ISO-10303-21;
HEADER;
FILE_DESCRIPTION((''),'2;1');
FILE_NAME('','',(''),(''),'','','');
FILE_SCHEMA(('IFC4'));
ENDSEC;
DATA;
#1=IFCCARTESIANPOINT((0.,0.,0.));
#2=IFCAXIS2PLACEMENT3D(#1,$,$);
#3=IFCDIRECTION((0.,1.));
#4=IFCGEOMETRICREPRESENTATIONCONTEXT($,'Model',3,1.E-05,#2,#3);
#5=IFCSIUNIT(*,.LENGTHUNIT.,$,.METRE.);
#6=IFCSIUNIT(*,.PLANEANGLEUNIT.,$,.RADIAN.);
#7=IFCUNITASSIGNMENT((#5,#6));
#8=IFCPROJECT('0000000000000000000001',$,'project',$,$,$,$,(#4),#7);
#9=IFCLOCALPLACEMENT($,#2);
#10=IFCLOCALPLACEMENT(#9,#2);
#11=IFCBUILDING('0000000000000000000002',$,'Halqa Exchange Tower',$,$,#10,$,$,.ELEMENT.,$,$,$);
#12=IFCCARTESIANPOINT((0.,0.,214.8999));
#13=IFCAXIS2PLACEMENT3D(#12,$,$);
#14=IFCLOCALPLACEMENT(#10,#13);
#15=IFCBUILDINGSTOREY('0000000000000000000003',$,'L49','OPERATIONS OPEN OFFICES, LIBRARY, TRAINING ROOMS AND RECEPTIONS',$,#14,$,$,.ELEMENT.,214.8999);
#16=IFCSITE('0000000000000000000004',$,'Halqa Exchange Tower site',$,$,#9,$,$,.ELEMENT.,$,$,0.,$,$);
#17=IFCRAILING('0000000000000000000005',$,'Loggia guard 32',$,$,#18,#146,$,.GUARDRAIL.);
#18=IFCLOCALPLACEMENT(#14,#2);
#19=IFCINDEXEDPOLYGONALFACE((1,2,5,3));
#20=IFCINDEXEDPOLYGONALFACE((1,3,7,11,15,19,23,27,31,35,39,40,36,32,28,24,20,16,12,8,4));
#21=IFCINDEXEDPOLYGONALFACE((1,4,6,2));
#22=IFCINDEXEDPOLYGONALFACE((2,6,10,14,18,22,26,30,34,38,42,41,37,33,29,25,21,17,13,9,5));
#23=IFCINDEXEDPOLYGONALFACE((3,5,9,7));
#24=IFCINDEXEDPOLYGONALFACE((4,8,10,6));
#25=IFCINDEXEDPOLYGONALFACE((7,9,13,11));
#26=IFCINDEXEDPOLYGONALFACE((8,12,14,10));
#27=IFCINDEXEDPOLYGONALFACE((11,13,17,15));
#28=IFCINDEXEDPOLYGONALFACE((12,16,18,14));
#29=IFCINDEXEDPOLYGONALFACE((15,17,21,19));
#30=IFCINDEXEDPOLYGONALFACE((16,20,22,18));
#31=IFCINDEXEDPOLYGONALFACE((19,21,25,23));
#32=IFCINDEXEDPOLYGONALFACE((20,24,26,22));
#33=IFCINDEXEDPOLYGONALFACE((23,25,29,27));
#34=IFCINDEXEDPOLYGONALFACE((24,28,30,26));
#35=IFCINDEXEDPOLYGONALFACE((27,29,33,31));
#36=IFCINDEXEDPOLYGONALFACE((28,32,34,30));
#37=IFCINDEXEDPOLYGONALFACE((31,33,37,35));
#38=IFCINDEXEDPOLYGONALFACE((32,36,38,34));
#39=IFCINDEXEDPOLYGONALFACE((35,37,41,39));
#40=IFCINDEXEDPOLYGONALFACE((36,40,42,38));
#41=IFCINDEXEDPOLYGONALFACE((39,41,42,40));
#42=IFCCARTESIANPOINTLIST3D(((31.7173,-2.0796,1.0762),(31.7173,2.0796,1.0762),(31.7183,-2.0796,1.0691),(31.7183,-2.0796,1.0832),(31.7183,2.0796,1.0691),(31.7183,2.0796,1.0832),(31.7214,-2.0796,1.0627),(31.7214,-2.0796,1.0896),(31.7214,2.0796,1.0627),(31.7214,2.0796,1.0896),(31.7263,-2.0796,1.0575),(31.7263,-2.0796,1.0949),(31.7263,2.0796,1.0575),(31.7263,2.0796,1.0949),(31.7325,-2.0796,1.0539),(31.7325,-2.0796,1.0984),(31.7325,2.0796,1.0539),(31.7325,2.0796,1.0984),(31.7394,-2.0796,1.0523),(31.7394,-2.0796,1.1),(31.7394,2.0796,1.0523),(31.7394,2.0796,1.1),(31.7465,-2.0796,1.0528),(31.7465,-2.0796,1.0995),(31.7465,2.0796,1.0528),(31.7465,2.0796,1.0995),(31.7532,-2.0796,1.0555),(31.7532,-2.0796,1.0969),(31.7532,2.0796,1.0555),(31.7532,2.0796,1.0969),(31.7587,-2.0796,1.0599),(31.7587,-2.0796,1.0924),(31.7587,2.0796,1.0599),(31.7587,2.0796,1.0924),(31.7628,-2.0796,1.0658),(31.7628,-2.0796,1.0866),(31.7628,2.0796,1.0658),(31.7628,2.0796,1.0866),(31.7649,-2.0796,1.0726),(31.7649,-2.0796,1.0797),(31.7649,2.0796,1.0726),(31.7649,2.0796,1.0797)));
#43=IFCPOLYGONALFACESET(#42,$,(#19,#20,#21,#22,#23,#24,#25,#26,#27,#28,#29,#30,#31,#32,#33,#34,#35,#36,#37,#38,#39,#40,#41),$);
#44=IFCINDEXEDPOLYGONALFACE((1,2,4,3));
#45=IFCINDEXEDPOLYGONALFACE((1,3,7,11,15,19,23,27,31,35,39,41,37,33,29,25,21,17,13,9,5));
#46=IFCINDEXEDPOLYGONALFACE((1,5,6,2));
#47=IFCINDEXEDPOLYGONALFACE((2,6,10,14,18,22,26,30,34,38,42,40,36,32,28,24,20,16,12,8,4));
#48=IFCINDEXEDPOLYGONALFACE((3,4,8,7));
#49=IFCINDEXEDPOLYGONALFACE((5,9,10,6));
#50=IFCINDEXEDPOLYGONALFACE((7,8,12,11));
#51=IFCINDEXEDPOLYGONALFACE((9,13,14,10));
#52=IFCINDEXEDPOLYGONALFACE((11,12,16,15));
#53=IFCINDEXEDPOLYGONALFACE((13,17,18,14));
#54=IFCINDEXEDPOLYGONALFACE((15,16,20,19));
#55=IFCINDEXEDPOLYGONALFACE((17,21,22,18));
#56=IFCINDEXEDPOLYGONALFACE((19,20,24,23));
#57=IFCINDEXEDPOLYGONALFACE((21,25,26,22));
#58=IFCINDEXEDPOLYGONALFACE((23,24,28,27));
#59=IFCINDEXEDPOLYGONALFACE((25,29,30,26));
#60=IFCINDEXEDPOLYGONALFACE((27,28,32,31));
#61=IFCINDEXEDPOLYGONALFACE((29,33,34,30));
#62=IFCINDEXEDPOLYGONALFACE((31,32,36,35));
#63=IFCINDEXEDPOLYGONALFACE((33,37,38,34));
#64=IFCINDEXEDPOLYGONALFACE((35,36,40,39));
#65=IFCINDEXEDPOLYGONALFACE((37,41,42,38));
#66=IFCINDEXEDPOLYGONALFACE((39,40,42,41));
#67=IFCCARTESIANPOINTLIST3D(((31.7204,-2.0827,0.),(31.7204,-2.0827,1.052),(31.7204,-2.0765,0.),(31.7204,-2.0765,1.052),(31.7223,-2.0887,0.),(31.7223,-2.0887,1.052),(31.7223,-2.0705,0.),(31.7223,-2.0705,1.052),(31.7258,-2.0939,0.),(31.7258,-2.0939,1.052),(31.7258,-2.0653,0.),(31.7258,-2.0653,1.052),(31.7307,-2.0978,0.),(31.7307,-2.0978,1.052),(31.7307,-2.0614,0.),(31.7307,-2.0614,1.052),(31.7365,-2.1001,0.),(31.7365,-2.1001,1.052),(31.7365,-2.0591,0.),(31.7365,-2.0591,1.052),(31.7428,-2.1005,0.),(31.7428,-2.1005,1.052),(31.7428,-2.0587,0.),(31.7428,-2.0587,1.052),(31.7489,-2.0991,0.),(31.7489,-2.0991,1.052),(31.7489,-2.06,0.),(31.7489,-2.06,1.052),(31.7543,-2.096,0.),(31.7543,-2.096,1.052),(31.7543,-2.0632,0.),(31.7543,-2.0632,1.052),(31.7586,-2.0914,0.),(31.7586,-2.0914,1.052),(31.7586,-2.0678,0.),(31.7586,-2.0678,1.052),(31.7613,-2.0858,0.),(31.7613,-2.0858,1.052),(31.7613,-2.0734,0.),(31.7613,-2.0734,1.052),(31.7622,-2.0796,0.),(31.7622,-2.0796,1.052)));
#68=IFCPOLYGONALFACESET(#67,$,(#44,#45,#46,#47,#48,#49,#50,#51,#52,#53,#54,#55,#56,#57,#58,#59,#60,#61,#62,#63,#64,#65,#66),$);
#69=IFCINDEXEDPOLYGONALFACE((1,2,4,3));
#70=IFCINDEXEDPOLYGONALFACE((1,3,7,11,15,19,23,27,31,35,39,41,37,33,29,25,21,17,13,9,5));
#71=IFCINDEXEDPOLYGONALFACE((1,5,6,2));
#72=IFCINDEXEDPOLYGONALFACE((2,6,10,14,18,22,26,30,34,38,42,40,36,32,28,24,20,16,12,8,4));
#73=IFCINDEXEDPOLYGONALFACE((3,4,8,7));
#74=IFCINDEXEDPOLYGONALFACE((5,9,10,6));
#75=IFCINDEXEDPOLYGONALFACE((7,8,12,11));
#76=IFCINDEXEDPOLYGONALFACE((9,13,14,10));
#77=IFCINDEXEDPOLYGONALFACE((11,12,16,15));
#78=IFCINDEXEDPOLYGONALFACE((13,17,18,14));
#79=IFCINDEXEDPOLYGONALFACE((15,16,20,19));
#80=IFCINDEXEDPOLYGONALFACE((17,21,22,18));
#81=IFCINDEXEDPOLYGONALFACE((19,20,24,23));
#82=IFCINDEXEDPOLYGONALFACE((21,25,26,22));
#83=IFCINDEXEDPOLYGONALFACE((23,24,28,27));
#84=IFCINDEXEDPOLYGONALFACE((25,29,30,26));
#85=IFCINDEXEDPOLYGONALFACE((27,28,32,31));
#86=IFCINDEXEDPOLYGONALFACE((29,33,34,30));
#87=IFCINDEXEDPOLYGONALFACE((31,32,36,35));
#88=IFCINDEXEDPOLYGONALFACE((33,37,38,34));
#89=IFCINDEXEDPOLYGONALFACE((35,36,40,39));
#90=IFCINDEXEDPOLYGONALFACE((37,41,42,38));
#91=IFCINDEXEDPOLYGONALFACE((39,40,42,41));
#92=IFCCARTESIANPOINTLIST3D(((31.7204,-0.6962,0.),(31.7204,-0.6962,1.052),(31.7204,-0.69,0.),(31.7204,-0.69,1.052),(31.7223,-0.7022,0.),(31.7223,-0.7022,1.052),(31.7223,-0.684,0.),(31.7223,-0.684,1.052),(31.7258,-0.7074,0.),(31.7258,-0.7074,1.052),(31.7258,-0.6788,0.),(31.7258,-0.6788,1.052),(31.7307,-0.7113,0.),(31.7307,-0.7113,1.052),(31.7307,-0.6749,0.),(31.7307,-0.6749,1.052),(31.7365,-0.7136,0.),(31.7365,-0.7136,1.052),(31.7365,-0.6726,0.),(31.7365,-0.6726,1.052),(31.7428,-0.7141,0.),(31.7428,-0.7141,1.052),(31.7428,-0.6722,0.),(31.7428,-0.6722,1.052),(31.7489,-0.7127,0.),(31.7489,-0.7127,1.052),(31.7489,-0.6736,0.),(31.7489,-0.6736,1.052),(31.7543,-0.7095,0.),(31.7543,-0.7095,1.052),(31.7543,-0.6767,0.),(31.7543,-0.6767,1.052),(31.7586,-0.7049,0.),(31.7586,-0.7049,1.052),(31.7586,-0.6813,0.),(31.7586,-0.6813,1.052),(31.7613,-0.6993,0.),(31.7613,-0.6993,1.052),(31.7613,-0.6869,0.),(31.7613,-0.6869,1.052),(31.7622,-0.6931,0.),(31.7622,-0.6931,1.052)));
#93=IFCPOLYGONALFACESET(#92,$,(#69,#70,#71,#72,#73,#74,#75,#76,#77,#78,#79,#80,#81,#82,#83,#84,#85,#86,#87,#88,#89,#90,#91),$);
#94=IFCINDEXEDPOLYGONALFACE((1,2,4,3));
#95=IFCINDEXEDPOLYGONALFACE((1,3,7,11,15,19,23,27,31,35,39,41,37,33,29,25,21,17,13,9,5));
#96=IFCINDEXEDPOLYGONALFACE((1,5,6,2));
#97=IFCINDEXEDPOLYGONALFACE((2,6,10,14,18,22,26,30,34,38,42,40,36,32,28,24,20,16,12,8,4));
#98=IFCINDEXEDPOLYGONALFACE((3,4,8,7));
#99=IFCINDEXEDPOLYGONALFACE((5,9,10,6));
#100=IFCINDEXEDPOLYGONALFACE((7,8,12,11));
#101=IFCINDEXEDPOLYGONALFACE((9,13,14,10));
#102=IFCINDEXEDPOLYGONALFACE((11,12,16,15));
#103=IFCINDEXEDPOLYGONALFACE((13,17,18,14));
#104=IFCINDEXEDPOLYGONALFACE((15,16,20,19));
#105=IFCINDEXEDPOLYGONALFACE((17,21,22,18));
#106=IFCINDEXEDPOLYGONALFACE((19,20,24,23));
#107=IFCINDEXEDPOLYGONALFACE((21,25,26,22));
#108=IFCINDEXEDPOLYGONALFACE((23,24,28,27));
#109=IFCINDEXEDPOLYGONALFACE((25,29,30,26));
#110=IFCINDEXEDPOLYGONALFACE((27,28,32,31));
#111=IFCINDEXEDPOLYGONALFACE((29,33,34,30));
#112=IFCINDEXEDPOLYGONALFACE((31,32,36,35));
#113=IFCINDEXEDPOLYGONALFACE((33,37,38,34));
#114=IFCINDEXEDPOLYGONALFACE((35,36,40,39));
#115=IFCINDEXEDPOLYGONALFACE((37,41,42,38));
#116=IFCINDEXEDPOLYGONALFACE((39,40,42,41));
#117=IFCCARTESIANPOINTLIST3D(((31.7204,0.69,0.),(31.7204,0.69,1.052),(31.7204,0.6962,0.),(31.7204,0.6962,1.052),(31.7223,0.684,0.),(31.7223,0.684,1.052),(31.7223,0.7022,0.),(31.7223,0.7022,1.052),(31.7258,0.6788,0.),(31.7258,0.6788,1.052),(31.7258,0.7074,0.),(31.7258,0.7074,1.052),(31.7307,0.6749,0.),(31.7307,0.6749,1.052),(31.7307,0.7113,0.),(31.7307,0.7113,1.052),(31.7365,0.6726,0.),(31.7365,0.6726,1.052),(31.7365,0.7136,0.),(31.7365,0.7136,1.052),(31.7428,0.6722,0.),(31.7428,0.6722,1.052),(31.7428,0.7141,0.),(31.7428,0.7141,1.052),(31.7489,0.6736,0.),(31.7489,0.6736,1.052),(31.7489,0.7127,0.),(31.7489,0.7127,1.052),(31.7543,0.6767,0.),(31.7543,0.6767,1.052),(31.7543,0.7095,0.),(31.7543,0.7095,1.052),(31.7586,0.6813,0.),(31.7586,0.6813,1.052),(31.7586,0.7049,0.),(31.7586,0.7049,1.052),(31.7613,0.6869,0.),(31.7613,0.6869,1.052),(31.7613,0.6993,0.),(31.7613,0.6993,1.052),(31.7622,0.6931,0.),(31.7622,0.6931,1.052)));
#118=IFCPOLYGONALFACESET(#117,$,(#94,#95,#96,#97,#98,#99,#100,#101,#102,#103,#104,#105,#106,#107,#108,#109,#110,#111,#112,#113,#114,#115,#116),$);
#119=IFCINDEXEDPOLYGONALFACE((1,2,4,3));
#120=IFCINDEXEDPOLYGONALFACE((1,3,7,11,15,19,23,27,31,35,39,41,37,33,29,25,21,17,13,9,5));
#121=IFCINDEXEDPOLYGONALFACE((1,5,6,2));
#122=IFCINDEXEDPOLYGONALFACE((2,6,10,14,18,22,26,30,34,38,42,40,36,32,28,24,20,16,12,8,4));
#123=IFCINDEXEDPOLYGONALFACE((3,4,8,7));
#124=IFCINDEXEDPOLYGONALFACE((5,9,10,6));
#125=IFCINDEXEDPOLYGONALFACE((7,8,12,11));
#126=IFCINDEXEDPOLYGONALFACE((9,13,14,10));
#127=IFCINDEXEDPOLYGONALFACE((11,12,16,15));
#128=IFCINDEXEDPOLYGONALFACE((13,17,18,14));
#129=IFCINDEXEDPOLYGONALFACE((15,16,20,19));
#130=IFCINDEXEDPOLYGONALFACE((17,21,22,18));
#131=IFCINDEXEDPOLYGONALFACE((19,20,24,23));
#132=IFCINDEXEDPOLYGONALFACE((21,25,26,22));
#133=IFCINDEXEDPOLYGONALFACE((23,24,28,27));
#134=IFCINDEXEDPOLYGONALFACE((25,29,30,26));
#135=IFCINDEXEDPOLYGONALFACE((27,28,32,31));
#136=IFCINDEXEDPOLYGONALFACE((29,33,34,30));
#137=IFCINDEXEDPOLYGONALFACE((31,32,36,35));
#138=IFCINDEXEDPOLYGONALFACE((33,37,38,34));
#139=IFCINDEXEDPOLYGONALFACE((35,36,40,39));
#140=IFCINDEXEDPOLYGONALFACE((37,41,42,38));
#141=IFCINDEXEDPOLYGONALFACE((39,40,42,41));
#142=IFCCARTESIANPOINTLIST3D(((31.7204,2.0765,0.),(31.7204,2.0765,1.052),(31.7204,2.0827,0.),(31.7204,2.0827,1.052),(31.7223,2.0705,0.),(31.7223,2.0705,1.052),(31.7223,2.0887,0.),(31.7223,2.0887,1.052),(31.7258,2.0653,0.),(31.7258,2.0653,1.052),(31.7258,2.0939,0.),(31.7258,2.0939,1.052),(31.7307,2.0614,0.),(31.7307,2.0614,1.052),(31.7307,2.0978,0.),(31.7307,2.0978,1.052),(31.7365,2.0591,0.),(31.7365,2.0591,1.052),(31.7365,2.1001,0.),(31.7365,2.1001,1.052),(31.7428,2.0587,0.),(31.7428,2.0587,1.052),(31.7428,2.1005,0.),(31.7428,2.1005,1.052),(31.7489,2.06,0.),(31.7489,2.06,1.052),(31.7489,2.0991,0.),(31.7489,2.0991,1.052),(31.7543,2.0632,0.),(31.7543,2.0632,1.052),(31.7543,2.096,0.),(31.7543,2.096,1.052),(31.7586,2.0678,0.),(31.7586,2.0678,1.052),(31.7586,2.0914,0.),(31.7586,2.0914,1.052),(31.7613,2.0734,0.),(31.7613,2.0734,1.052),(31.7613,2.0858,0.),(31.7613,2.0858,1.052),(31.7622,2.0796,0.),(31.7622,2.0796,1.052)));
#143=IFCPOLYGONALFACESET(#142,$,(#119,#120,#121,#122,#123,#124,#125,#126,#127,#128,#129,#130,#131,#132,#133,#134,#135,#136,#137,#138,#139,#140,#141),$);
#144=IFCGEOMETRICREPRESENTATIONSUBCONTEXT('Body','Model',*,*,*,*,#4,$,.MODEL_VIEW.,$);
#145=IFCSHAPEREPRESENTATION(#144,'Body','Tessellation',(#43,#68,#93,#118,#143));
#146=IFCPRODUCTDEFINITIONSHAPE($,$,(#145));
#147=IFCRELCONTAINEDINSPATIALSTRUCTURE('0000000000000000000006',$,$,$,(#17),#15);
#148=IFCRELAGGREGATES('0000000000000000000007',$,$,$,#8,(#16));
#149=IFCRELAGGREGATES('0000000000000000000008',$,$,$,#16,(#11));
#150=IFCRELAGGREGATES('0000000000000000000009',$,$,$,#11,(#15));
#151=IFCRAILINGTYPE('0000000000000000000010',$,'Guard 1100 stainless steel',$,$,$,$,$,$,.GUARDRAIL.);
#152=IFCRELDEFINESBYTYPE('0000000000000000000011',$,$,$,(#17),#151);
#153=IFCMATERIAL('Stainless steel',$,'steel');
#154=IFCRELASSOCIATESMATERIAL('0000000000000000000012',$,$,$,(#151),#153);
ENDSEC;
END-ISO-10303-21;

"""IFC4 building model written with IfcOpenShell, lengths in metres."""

from ifc_helpers import new_model, si_unit, direction, frame, origin, origin_2d, place, context, subcontext, project, spatial, circle, extrude, material, type_object, element, save


model = new_model("IFC4")

# Units and contexts
model_context = context("Model", 3, precision=1e-05, world=origin(), true_north=direction((0.0, 1.0)))
body_context = subcontext(model_context, "Body", "Model", "MODEL_VIEW")
ifc_project = project(units=[si_unit("LENGTHUNIT", "METRE"), si_unit("PLANEANGLEUNIT", "RADIAN")], contexts=[model_context])

# Site, building, storey
site_placement = place(None, origin())
site = spatial("IfcSite", under=ifc_project, at=site_placement, Name="Halqa Exchange Tower site", CompositionType="ELEMENT", RefElevation=0.0)
building_placement = place(site_placement, origin())
building = spatial("IfcBuilding", under=site, at=building_placement, Name="Halqa Exchange Tower", CompositionType="ELEMENT")
storey_placement = place(building_placement, frame((0.0, 0.0, 214.8999)))
storey = spatial("IfcBuildingStorey", under=building, at=storey_placement, Name="L49", Description="OPERATIONS OPEN OFFICES, LIBRARY, TRAINING ROOMS AND RECEPTIONS", CompositionType="ELEMENT", Elevation=214.8999)

# Railing
ifc_material_1 = material(Name="Stainless steel", Category="steel")
railing_type = type_object("IfcRailingType", Name="Guard 1100 stainless steel", PredefinedType="GUARDRAIL", material=ifc_material_1)
railing_1_placement = place(storey_placement, frame((31.7412, -2.0796, 0.0)))
element("IfcRailing", 1, at=railing_1_placement, inside=storey, type_object=railing_type, Name="Loggia guard 32", PredefinedType="GUARDRAIL", context=body_context, shape_type="SweptSolid", body=[
    extrude(circle(Radius=0.0239, at=origin_2d()), frame((0.0, 0.0, 1.0762), z_axis=(0.0, 1.0, 0.0), x_axis=(-1.0, 0.0, 0.0)), (0.0, 0.0, 1.0), 4.1592),
    extrude(circle(Radius=0.021, at=origin_2d()), origin(), (0.0, 0.0, 1.0), 1.052),
    extrude(circle(Radius=0.021, at=origin_2d()), frame((0.0, 1.3865, 0.0)), (0.0, 0.0, 1.0), 1.052),
    extrude(circle(Radius=0.021, at=origin_2d()), frame((0.0, 2.7727, 0.0)), (0.0, 0.0, 1.0), 1.052),
    extrude(circle(Radius=0.021, at=origin_2d()), frame((0.0, 4.1592, 0.0)), (0.0, 0.0, 1.0), 1.052),
])

save(model, "model.ifc")
